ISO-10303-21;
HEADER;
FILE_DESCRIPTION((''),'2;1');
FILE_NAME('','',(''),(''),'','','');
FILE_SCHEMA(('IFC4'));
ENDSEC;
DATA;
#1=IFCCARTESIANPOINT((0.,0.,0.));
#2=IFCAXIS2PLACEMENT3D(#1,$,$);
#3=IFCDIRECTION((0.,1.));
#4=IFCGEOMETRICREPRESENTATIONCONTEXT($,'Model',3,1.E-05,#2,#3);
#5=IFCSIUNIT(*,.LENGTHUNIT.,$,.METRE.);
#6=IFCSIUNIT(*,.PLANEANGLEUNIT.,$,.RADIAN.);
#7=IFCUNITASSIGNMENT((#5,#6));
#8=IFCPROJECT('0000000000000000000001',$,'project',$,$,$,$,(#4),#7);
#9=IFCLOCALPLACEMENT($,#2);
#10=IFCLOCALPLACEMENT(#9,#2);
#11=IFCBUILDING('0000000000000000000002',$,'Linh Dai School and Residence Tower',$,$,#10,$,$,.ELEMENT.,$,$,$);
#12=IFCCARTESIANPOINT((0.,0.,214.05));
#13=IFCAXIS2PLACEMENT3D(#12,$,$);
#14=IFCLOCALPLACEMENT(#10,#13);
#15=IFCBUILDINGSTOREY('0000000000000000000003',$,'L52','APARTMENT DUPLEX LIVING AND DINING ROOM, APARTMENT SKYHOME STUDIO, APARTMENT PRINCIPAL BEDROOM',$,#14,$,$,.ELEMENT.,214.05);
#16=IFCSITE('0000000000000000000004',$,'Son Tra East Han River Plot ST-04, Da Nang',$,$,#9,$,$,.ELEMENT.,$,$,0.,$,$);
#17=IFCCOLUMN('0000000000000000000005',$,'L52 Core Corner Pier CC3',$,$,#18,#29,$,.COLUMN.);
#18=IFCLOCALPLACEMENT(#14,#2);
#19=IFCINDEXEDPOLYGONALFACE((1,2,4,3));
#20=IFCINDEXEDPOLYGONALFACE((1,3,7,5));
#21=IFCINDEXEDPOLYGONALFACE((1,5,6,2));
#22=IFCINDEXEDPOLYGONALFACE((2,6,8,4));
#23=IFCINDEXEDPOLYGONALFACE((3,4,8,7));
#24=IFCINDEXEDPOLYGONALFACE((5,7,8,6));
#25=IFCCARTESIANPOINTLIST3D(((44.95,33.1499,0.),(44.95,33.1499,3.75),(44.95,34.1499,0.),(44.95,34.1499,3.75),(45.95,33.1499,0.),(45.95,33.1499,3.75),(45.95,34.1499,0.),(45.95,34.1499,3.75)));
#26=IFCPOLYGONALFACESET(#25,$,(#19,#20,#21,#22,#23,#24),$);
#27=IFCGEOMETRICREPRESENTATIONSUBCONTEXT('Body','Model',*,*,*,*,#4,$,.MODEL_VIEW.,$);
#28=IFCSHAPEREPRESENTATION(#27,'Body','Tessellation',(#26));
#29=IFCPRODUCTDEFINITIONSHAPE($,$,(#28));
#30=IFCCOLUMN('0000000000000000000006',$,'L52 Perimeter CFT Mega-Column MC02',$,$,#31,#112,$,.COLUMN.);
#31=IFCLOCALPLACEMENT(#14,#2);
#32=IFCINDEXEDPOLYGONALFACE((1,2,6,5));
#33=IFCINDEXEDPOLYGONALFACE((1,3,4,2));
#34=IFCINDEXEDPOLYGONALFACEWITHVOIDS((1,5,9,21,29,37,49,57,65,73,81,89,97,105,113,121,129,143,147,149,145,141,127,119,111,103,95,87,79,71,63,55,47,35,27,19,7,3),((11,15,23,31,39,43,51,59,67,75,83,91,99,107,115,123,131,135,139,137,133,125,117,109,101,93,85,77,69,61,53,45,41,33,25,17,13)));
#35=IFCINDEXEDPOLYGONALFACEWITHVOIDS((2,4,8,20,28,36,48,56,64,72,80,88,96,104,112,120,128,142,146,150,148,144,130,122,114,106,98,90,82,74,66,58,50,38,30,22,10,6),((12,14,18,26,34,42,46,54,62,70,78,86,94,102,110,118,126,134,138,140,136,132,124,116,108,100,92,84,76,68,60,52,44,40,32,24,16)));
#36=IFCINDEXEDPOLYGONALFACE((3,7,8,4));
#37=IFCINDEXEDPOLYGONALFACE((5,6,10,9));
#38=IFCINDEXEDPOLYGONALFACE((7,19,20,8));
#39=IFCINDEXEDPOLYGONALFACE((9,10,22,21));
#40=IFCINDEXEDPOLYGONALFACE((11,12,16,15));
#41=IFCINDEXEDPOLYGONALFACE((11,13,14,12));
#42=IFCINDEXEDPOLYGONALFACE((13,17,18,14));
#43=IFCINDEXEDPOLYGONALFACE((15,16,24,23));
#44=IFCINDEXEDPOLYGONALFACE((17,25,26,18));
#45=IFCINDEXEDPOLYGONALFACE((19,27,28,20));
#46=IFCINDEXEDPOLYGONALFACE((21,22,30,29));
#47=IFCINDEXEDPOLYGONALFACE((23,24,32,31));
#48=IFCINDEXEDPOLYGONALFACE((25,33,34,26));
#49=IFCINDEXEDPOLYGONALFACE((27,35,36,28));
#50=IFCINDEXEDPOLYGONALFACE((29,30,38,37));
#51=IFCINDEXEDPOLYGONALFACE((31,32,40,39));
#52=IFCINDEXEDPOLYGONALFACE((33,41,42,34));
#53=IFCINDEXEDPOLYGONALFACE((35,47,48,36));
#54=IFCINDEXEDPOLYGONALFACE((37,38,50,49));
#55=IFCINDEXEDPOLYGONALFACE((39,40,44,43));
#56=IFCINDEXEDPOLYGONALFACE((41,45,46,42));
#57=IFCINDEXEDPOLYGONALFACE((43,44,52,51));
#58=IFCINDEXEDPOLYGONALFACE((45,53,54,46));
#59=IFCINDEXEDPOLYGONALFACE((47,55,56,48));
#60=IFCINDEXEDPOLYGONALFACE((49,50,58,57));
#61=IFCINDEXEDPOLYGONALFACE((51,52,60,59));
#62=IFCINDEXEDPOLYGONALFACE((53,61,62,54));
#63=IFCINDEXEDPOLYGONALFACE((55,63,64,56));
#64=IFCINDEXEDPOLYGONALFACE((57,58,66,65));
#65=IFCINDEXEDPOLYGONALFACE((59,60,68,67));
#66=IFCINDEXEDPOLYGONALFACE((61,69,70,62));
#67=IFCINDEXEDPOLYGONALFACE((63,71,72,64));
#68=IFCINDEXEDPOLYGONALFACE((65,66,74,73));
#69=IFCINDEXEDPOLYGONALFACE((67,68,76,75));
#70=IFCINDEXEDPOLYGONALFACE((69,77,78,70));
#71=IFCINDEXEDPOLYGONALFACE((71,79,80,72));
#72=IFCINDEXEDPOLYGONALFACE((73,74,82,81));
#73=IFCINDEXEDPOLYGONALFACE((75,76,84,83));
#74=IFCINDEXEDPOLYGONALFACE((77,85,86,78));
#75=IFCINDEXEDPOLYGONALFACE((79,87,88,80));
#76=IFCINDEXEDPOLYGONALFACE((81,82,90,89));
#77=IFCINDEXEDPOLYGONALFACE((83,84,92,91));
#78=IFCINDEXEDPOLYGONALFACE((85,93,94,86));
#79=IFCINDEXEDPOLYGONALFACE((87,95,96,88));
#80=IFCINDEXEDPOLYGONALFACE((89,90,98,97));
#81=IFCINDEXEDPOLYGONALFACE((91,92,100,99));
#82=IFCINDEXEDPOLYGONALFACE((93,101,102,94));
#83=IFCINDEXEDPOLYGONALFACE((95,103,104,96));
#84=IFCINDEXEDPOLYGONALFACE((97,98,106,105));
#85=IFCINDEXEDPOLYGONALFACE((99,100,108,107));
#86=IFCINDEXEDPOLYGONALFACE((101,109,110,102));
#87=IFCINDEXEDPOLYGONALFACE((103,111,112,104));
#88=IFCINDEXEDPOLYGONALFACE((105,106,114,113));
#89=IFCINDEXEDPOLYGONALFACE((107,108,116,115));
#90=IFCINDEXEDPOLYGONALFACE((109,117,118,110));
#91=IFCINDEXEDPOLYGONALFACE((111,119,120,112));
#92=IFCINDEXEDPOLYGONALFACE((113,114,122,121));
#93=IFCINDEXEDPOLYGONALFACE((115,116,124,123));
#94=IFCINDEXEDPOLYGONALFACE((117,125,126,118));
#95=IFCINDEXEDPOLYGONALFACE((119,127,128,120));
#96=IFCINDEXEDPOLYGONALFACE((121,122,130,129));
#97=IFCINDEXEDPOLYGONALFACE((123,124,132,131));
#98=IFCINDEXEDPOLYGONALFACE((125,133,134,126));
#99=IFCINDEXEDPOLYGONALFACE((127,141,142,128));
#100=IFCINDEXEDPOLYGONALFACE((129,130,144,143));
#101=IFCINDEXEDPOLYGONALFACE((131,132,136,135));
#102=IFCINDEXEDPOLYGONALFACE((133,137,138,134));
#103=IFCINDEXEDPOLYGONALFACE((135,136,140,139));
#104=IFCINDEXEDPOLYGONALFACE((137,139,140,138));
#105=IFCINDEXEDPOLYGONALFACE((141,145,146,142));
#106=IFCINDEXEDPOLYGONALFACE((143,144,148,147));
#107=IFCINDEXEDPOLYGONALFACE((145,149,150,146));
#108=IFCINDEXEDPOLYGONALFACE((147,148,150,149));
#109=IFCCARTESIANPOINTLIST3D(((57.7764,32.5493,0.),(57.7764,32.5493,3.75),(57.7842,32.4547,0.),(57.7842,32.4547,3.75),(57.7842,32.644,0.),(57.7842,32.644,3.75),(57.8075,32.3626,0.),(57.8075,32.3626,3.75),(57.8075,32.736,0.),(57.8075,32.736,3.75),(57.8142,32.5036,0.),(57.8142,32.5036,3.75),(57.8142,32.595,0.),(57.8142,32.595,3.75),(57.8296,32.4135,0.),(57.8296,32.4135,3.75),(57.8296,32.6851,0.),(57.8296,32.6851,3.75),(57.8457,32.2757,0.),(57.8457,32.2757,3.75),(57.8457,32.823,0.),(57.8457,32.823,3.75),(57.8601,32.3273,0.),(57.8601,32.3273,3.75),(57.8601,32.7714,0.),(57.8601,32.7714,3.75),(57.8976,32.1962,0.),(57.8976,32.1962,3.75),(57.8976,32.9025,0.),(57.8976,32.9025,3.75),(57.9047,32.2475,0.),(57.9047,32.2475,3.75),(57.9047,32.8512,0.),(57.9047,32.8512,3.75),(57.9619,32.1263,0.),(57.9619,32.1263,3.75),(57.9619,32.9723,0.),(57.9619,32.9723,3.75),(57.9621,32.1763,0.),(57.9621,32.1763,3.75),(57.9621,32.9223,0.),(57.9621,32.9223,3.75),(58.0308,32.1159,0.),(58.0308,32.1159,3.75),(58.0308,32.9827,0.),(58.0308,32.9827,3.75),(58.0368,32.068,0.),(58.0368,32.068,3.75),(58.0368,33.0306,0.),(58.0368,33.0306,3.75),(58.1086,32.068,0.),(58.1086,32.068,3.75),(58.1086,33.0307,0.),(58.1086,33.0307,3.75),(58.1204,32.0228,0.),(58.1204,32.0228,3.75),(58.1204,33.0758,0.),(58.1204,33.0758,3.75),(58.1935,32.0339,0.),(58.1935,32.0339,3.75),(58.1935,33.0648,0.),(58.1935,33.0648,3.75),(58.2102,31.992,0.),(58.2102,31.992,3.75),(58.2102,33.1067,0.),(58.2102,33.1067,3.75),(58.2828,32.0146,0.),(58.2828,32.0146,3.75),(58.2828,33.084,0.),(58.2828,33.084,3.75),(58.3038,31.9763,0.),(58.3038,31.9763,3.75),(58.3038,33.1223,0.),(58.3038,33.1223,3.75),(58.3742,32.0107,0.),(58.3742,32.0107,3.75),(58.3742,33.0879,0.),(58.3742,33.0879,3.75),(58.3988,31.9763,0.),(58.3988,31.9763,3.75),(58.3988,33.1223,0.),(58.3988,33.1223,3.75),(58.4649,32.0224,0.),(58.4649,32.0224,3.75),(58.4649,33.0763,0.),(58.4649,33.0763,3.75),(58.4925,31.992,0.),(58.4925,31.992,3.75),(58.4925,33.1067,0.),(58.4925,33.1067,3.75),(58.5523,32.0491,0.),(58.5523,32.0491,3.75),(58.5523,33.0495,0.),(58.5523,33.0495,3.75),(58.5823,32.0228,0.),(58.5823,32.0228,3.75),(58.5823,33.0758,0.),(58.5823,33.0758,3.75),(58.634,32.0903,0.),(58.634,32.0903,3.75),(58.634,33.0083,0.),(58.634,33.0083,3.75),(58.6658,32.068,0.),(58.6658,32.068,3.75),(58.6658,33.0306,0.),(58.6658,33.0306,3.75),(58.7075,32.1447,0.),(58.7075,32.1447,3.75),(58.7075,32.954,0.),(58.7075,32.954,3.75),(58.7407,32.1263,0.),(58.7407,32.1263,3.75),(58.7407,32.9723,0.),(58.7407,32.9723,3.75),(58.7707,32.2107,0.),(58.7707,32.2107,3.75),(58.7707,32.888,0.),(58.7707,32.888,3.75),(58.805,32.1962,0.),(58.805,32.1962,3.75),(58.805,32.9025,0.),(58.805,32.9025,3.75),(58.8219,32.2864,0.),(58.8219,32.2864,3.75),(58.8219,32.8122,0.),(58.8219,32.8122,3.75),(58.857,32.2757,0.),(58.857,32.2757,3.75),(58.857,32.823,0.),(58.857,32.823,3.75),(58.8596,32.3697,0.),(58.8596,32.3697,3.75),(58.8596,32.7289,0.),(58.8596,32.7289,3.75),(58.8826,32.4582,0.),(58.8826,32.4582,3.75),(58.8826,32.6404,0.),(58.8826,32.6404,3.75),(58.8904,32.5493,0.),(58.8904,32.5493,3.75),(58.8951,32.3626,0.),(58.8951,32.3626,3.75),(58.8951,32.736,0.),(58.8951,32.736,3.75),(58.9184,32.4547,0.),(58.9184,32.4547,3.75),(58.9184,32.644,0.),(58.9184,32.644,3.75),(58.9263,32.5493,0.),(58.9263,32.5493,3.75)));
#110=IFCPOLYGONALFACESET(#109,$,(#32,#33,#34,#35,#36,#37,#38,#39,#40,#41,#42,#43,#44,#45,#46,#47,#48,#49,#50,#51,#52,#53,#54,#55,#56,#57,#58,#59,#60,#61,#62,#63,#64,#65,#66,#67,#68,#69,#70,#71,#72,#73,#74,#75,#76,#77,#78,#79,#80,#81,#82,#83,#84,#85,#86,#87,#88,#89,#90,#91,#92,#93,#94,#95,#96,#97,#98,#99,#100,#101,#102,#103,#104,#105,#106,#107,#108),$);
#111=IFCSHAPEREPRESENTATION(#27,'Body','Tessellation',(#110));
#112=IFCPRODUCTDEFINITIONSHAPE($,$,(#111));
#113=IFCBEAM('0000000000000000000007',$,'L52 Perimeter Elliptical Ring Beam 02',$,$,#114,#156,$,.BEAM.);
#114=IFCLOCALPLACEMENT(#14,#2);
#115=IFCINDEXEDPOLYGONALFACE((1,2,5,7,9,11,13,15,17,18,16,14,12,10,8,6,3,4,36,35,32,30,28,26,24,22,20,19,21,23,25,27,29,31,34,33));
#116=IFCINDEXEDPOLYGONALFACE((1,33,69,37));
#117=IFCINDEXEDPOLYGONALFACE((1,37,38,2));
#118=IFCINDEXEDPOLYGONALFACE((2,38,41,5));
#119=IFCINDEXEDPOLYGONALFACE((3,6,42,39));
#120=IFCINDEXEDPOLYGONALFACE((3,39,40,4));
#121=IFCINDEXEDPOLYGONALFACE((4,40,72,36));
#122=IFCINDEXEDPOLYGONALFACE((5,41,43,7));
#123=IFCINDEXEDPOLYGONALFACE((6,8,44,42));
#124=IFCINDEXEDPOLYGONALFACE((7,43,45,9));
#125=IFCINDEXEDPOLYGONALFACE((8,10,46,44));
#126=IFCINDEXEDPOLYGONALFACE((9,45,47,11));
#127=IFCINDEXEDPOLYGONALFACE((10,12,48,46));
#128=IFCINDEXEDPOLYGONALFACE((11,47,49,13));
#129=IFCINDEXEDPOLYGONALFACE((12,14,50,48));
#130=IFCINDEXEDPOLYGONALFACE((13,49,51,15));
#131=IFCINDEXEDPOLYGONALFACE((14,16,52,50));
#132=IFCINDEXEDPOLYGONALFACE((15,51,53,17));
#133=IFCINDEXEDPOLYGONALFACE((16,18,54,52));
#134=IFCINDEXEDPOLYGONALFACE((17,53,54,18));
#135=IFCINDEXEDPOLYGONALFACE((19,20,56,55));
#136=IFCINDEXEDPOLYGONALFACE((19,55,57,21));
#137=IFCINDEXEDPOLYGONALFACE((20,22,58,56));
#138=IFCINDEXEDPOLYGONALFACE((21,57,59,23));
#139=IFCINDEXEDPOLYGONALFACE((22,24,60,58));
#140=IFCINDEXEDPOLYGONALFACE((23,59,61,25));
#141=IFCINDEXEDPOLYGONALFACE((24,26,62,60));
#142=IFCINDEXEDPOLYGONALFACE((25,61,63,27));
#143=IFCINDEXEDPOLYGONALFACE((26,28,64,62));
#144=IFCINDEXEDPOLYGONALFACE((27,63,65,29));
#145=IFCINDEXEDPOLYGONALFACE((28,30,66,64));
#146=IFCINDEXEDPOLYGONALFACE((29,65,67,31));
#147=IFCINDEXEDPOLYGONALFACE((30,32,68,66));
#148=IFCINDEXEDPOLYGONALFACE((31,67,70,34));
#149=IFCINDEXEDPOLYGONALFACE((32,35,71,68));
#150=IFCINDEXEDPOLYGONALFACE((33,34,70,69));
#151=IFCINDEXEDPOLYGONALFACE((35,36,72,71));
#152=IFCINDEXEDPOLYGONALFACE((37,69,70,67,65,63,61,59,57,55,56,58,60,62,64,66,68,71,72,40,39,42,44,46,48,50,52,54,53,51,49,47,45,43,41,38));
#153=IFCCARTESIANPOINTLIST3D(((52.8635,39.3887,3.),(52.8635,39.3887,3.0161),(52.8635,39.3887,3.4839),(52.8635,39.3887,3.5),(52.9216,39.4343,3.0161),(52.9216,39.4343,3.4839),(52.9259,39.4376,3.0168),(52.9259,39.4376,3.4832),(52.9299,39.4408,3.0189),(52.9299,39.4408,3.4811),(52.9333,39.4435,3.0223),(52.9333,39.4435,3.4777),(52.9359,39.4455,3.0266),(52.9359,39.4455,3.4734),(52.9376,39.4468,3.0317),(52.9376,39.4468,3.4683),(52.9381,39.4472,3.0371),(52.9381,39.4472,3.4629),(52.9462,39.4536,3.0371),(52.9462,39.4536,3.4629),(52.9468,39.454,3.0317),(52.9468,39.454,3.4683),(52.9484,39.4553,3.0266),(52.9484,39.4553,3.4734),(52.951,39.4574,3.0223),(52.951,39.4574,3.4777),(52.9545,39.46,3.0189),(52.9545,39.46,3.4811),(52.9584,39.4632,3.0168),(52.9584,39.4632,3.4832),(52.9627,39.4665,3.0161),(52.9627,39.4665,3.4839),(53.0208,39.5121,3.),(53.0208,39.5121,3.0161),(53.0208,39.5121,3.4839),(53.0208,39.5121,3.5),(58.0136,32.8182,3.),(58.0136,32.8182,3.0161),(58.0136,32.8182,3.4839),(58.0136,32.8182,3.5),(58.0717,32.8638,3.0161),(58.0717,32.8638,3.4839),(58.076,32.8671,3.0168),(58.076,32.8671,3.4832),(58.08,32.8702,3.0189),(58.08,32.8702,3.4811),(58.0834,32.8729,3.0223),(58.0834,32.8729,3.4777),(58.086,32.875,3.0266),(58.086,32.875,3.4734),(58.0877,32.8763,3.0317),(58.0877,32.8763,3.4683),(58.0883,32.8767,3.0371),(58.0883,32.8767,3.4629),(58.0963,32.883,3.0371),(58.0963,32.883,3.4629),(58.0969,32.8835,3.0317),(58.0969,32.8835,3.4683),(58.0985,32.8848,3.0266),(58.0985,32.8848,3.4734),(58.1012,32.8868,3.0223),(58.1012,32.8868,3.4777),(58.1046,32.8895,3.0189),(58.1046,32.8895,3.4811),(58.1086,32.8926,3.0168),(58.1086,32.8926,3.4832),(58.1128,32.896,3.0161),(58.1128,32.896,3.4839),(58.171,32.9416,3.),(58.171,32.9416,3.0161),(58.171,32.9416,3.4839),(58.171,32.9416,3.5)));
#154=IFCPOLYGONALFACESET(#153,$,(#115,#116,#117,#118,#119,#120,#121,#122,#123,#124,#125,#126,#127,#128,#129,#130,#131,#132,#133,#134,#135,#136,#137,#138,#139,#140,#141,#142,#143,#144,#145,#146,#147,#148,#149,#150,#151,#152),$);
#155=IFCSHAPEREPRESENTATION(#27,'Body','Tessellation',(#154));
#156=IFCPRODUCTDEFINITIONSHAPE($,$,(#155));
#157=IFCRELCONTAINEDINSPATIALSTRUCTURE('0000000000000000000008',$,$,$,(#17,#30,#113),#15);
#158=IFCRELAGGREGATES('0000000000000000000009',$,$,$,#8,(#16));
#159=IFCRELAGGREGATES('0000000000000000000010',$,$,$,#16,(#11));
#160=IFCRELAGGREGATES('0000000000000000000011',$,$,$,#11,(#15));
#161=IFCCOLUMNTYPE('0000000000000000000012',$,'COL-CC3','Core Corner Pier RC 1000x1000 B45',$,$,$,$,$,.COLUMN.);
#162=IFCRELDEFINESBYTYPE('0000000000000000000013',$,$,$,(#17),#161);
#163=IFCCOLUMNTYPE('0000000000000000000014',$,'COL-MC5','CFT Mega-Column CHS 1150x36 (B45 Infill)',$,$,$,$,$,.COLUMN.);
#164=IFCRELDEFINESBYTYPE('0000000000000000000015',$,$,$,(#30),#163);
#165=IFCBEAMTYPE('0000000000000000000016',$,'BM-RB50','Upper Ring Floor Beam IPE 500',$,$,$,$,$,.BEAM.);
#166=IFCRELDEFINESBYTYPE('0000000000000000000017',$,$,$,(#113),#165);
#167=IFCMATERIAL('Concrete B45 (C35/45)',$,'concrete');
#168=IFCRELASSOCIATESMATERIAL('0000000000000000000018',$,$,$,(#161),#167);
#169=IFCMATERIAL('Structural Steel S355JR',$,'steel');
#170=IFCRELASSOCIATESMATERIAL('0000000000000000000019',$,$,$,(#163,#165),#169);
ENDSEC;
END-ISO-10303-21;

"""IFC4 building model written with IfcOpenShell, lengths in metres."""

from ifc_helpers import new_model, si_unit, direction, frame, origin, origin_2d, place, context, subcontext, project, spatial, rectangle, hollow_circle, i_section, extrude, material, material_profile, profile_set, type_object, element, save


model = new_model("IFC4")

# Units and contexts
model_context = context("Model", 3, precision=1e-05, world=origin(), true_north=direction((0.0, 1.0)))
body_context = subcontext(model_context, "Body", "Model", "MODEL_VIEW")
ifc_project = project(units=[si_unit("LENGTHUNIT", "METRE"), si_unit("PLANEANGLEUNIT", "RADIAN")], contexts=[model_context])

# Site, building, storey
site_placement = place(None, origin())
site = spatial("IfcSite", under=ifc_project, at=site_placement, Name="Son Tra East Han River Plot ST-04, Da Nang", CompositionType="ELEMENT", RefElevation=0.0)
building_placement = place(site_placement, origin())
building = spatial("IfcBuilding", under=site, at=building_placement, Name="Linh Dai School and Residence Tower", CompositionType="ELEMENT")
storey_placement = place(building_placement, frame((0.0, 0.0, 214.05)))
storey = spatial("IfcBuildingStorey", under=building, at=storey_placement, Name="L52", Description="APARTMENT DUPLEX LIVING AND DINING ROOM, APARTMENT SKYHOME STUDIO, APARTMENT PRINCIPAL BEDROOM", CompositionType="ELEMENT", Elevation=214.05)

# Columns
ifc_material_1 = material(Name="Concrete B45 (C35/45)", Category="concrete")
ifc_material_profile_1 = material_profile(ifc_material_1, rectangle(XDim=1.0, YDim=1.0, at=origin_2d()), Name="RC 1000x1000")
ifc_profile_set_1 = profile_set([ifc_material_profile_1], Name="Concrete B45 (C35/45)")
column_type_1 = type_object("IfcColumnType", Name="COL-CC3", Description="Core Corner Pier RC 1000x1000 B45", PredefinedType="COLUMN", material=ifc_profile_set_1)
column_1_placement = place(storey_placement, frame((45.45, 33.6499, 0.0), z_axis=(0.0, 0.0, 1.0), x_axis=(1.0, 0.0, 0.0)))
element("IfcColumn", 1, at=column_1_placement, inside=storey, type_object=column_type_1, Name="L52 Core Corner Pier CC3", PredefinedType="COLUMN", context=body_context, shape_type="SweptSolid", body=[
    extrude(rectangle(XDim=1.0, YDim=1.0, at=origin_2d()), origin(), (0.0, 0.0, 1.0), 3.75),
])
ifc_material_2 = material(Name="Structural Steel S355JR", Category="steel")
ifc_material_profile_2 = material_profile(ifc_material_2, hollow_circle(Radius=0.575, WallThickness=0.0359, at=origin_2d()), Name="CHS 1150x36")
ifc_profile_set_2 = profile_set([ifc_material_profile_2], Name="Structural Steel S355JR")
column_type_2 = type_object("IfcColumnType", Name="COL-MC5", Description="CFT Mega-Column CHS 1150x36 (B45 Infill)", PredefinedType="COLUMN", material=ifc_profile_set_2)
column_2_placement = place(storey_placement, frame((58.3513, 32.5493, 0.0), z_axis=(0.0, 0.0, 1.0), x_axis=(1.0, 0.0, 0.0)))
element("IfcColumn", 2, at=column_2_placement, inside=storey, type_object=column_type_2, Name="L52 Perimeter CFT Mega-Column MC02", PredefinedType="COLUMN", context=body_context, shape_type="SweptSolid", body=[
    extrude(hollow_circle(Radius=0.575, WallThickness=0.0359, at=origin_2d()), origin(), (0.0, 0.0, 1.0), 3.75),
])

# Beam
ifc_material_profile_3 = material_profile(ifc_material_2, i_section(OverallWidth=0.2, OverallDepth=0.5, WebThickness=0.0103, FlangeThickness=0.0161, FilletRadius=0.021, at=origin_2d()), Name="IPE 500")
ifc_profile_set_3 = profile_set([ifc_material_profile_3], Name="Structural Steel S355JR")
beam_type_1 = type_object("IfcBeamType", Name="BM-RB50", Description="Upper Ring Floor Beam IPE 500", PredefinedType="BEAM", material=ifc_profile_set_3)
beam_1_placement = place(storey_placement, frame((58.0923, 32.8799, 3.25), z_axis=(-0.6169, 0.787041, 0.0), x_axis=(-0.787041, -0.6169, 0.0)))
element("IfcBeam", 3, at=beam_1_placement, inside=storey, type_object=beam_type_1, Name="L52 Perimeter Elliptical Ring Beam 02", PredefinedType="BEAM", context=body_context, shape_type="SweptSolid", body=[
    extrude(i_section(OverallWidth=0.2, OverallDepth=0.5, WebThickness=0.0103, FlangeThickness=0.0161, FilletRadius=0.021, at=origin_2d()), origin(), (0.0, 0.0, 1.0), 8.3484),
])

save(model, "model.ifc")
